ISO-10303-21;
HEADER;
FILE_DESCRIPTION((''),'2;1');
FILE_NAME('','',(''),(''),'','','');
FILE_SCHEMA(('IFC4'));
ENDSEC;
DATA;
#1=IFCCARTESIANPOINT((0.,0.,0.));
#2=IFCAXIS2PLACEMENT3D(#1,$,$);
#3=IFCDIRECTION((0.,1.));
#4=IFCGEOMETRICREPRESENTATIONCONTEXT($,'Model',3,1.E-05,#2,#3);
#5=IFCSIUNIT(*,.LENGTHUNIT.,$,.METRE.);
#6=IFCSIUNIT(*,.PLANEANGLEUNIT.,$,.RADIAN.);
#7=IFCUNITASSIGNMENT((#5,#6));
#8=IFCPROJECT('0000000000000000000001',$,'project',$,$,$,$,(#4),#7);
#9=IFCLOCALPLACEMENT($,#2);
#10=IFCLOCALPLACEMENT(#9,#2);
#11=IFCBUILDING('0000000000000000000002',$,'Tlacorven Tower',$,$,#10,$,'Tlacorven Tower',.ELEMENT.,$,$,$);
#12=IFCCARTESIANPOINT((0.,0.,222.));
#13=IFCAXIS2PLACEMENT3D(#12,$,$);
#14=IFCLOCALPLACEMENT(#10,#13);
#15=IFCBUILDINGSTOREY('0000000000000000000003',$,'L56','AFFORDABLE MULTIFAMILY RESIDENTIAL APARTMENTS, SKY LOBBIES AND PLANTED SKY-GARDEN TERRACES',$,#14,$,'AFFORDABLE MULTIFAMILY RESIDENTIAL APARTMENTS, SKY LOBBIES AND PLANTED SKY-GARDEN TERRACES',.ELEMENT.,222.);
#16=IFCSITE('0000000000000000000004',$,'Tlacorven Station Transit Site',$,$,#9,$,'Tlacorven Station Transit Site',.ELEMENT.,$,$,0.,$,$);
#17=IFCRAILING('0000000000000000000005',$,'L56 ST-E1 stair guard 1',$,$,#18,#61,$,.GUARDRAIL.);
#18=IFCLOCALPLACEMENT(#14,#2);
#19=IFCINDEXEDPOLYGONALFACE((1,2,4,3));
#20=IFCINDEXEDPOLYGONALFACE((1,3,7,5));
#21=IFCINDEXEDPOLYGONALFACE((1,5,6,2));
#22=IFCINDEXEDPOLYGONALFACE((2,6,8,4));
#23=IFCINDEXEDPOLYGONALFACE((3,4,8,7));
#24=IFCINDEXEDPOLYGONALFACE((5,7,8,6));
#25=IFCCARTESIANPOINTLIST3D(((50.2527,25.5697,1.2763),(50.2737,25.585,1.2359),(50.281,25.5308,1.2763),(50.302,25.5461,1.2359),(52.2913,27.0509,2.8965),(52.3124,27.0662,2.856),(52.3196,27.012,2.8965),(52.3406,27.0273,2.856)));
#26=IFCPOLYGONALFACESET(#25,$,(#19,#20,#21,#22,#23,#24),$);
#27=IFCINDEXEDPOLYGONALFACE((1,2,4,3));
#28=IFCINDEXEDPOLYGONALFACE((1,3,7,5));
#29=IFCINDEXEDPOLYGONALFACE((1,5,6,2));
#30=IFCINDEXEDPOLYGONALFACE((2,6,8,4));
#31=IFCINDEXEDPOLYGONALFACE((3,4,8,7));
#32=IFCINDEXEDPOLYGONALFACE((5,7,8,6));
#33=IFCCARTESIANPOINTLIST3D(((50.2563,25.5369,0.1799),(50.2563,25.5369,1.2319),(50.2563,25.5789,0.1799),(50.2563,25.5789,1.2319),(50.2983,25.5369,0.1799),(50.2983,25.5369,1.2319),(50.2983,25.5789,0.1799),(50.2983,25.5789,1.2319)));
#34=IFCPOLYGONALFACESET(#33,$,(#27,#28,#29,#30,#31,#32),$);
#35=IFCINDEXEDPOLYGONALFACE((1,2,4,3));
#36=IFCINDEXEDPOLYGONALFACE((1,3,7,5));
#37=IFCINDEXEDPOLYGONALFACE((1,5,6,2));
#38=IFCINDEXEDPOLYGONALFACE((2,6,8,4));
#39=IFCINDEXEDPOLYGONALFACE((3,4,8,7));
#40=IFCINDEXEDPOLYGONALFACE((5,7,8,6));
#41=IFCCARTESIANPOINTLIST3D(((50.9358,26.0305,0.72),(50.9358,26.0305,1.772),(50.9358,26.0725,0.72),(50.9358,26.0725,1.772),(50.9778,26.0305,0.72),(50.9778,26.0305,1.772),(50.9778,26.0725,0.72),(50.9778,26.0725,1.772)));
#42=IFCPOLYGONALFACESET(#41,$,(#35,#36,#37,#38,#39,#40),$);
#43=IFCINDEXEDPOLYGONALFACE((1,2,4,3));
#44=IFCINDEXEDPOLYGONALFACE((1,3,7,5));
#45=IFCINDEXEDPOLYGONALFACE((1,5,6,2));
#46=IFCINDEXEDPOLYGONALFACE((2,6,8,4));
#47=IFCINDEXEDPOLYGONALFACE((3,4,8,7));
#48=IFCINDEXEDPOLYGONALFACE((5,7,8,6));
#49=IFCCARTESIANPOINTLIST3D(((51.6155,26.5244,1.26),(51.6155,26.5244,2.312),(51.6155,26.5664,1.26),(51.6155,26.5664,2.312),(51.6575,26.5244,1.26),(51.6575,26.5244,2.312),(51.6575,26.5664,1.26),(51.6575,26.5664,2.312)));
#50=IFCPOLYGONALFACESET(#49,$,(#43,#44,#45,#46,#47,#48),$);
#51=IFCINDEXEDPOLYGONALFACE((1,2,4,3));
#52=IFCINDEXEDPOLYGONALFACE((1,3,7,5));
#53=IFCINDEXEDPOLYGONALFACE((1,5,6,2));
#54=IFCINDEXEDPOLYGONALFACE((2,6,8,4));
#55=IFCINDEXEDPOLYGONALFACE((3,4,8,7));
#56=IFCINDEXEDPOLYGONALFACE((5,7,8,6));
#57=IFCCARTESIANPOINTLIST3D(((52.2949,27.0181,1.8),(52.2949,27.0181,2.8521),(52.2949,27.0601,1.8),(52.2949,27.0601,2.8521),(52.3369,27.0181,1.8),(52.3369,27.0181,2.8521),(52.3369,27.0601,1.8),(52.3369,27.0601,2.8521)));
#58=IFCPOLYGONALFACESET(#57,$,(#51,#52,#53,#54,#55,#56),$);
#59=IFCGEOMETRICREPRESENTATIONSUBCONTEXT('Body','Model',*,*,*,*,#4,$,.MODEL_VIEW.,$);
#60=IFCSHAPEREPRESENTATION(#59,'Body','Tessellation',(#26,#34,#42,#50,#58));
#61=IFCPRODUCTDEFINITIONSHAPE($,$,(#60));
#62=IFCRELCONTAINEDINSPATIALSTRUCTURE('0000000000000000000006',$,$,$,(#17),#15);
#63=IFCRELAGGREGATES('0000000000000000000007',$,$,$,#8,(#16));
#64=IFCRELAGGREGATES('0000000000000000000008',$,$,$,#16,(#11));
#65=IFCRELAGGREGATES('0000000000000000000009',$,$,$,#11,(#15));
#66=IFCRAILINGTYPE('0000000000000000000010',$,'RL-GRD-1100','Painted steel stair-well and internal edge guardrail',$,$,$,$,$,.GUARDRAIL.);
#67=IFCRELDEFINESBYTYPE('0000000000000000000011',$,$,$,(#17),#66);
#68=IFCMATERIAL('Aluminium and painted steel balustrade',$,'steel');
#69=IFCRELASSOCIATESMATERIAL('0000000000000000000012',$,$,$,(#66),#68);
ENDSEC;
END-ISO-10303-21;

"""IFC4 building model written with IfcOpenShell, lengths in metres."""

from ifc_helpers import new_model, si_unit, direction, frame, origin, origin_2d, place, context, subcontext, project, spatial, rectangle, extrude, source, transform, mapped, material, type_object, element, save


model = new_model("IFC4")

# Units and contexts
model_context = context("Model", 3, precision=1e-05, world=origin(), true_north=direction((0.0, 1.0)))
body_context = subcontext(model_context, "Body", "Model", "MODEL_VIEW")
ifc_project = project(units=[si_unit("LENGTHUNIT", "METRE"), si_unit("PLANEANGLEUNIT", "RADIAN")], contexts=[model_context])

# Site, building, storey
site_placement = place(None, origin())
site = spatial("IfcSite", under=ifc_project, at=site_placement, Name="Tlacorven Station Transit Site", LongName="Tlacorven Station Transit Site", CompositionType="ELEMENT", RefElevation=0.0)
building_placement = place(site_placement, origin())
building = spatial("IfcBuilding", under=site, at=building_placement, Name="Tlacorven Tower", LongName="Tlacorven Tower", CompositionType="ELEMENT")
storey_placement = place(building_placement, frame((0.0, 0.0, 222.0)))
storey = spatial("IfcBuildingStorey", under=building, at=storey_placement, Name="L56", Description="AFFORDABLE MULTIFAMILY RESIDENTIAL APARTMENTS, SKY LOBBIES AND PLANTED SKY-GARDEN TERRACES", LongName="AFFORDABLE MULTIFAMILY RESIDENTIAL APARTMENTS, SKY LOBBIES AND PLANTED SKY-GARDEN TERRACES", CompositionType="ELEMENT", Elevation=222.0)

# Railing
ifc_material_1 = material(Name="Aluminium and painted steel balustrade", Category="steel")
railing_type_1 = type_object("IfcRailingType", Name="RL-GRD-1100", Description="Painted steel stair-well and internal edge guardrail", PredefinedType="GUARDRAIL", material=ifc_material_1)
shared_shape_1 = source(origin(), body_context, "Body", "SweptSolid", [
    extrude(rectangle(XDim=0.0481, YDim=0.0481, at=origin_2d()), frame((0.0, 0.0, 1.0762), z_axis=(0.680489, 0.494434, 0.540805), x_axis=(-0.587809, 0.809, 0.0)), (0.0, 0.0, 1.0), 2.9958),
    extrude(rectangle(XDim=0.042, YDim=0.042, at=origin_2d()), origin(), (0.0, 0.0, 1.0), 1.052),
    extrude(rectangle(XDim=0.042, YDim=0.042, at=origin_2d()), frame((0.6794, 0.4937, 0.54)), (0.0, 0.0, 1.0), 1.052),
    extrude(rectangle(XDim=0.042, YDim=0.042, at=origin_2d()), frame((1.3591, 0.9875, 1.0801)), (0.0, 0.0, 1.0), 1.052),
    extrude(rectangle(XDim=0.042, YDim=0.042, at=origin_2d()), frame((2.0386, 1.4812, 1.6201)), (0.0, 0.0, 1.0), 1.052),
])
railing_1_placement = place(storey_placement, frame((50.2773, 25.5579, 0.1799)))
element("IfcRailing", 1, at=railing_1_placement, inside=storey, type_object=railing_type_1, Name="L56 ST-E1 stair guard 1", PredefinedType="GUARDRAIL", context=body_context, shape_type="MappedRepresentation", body=[
    mapped(shared_shape_1, transform((0.0, 0.0, 0.0), scale=1.0)),
])

save(model, "model.ifc")
